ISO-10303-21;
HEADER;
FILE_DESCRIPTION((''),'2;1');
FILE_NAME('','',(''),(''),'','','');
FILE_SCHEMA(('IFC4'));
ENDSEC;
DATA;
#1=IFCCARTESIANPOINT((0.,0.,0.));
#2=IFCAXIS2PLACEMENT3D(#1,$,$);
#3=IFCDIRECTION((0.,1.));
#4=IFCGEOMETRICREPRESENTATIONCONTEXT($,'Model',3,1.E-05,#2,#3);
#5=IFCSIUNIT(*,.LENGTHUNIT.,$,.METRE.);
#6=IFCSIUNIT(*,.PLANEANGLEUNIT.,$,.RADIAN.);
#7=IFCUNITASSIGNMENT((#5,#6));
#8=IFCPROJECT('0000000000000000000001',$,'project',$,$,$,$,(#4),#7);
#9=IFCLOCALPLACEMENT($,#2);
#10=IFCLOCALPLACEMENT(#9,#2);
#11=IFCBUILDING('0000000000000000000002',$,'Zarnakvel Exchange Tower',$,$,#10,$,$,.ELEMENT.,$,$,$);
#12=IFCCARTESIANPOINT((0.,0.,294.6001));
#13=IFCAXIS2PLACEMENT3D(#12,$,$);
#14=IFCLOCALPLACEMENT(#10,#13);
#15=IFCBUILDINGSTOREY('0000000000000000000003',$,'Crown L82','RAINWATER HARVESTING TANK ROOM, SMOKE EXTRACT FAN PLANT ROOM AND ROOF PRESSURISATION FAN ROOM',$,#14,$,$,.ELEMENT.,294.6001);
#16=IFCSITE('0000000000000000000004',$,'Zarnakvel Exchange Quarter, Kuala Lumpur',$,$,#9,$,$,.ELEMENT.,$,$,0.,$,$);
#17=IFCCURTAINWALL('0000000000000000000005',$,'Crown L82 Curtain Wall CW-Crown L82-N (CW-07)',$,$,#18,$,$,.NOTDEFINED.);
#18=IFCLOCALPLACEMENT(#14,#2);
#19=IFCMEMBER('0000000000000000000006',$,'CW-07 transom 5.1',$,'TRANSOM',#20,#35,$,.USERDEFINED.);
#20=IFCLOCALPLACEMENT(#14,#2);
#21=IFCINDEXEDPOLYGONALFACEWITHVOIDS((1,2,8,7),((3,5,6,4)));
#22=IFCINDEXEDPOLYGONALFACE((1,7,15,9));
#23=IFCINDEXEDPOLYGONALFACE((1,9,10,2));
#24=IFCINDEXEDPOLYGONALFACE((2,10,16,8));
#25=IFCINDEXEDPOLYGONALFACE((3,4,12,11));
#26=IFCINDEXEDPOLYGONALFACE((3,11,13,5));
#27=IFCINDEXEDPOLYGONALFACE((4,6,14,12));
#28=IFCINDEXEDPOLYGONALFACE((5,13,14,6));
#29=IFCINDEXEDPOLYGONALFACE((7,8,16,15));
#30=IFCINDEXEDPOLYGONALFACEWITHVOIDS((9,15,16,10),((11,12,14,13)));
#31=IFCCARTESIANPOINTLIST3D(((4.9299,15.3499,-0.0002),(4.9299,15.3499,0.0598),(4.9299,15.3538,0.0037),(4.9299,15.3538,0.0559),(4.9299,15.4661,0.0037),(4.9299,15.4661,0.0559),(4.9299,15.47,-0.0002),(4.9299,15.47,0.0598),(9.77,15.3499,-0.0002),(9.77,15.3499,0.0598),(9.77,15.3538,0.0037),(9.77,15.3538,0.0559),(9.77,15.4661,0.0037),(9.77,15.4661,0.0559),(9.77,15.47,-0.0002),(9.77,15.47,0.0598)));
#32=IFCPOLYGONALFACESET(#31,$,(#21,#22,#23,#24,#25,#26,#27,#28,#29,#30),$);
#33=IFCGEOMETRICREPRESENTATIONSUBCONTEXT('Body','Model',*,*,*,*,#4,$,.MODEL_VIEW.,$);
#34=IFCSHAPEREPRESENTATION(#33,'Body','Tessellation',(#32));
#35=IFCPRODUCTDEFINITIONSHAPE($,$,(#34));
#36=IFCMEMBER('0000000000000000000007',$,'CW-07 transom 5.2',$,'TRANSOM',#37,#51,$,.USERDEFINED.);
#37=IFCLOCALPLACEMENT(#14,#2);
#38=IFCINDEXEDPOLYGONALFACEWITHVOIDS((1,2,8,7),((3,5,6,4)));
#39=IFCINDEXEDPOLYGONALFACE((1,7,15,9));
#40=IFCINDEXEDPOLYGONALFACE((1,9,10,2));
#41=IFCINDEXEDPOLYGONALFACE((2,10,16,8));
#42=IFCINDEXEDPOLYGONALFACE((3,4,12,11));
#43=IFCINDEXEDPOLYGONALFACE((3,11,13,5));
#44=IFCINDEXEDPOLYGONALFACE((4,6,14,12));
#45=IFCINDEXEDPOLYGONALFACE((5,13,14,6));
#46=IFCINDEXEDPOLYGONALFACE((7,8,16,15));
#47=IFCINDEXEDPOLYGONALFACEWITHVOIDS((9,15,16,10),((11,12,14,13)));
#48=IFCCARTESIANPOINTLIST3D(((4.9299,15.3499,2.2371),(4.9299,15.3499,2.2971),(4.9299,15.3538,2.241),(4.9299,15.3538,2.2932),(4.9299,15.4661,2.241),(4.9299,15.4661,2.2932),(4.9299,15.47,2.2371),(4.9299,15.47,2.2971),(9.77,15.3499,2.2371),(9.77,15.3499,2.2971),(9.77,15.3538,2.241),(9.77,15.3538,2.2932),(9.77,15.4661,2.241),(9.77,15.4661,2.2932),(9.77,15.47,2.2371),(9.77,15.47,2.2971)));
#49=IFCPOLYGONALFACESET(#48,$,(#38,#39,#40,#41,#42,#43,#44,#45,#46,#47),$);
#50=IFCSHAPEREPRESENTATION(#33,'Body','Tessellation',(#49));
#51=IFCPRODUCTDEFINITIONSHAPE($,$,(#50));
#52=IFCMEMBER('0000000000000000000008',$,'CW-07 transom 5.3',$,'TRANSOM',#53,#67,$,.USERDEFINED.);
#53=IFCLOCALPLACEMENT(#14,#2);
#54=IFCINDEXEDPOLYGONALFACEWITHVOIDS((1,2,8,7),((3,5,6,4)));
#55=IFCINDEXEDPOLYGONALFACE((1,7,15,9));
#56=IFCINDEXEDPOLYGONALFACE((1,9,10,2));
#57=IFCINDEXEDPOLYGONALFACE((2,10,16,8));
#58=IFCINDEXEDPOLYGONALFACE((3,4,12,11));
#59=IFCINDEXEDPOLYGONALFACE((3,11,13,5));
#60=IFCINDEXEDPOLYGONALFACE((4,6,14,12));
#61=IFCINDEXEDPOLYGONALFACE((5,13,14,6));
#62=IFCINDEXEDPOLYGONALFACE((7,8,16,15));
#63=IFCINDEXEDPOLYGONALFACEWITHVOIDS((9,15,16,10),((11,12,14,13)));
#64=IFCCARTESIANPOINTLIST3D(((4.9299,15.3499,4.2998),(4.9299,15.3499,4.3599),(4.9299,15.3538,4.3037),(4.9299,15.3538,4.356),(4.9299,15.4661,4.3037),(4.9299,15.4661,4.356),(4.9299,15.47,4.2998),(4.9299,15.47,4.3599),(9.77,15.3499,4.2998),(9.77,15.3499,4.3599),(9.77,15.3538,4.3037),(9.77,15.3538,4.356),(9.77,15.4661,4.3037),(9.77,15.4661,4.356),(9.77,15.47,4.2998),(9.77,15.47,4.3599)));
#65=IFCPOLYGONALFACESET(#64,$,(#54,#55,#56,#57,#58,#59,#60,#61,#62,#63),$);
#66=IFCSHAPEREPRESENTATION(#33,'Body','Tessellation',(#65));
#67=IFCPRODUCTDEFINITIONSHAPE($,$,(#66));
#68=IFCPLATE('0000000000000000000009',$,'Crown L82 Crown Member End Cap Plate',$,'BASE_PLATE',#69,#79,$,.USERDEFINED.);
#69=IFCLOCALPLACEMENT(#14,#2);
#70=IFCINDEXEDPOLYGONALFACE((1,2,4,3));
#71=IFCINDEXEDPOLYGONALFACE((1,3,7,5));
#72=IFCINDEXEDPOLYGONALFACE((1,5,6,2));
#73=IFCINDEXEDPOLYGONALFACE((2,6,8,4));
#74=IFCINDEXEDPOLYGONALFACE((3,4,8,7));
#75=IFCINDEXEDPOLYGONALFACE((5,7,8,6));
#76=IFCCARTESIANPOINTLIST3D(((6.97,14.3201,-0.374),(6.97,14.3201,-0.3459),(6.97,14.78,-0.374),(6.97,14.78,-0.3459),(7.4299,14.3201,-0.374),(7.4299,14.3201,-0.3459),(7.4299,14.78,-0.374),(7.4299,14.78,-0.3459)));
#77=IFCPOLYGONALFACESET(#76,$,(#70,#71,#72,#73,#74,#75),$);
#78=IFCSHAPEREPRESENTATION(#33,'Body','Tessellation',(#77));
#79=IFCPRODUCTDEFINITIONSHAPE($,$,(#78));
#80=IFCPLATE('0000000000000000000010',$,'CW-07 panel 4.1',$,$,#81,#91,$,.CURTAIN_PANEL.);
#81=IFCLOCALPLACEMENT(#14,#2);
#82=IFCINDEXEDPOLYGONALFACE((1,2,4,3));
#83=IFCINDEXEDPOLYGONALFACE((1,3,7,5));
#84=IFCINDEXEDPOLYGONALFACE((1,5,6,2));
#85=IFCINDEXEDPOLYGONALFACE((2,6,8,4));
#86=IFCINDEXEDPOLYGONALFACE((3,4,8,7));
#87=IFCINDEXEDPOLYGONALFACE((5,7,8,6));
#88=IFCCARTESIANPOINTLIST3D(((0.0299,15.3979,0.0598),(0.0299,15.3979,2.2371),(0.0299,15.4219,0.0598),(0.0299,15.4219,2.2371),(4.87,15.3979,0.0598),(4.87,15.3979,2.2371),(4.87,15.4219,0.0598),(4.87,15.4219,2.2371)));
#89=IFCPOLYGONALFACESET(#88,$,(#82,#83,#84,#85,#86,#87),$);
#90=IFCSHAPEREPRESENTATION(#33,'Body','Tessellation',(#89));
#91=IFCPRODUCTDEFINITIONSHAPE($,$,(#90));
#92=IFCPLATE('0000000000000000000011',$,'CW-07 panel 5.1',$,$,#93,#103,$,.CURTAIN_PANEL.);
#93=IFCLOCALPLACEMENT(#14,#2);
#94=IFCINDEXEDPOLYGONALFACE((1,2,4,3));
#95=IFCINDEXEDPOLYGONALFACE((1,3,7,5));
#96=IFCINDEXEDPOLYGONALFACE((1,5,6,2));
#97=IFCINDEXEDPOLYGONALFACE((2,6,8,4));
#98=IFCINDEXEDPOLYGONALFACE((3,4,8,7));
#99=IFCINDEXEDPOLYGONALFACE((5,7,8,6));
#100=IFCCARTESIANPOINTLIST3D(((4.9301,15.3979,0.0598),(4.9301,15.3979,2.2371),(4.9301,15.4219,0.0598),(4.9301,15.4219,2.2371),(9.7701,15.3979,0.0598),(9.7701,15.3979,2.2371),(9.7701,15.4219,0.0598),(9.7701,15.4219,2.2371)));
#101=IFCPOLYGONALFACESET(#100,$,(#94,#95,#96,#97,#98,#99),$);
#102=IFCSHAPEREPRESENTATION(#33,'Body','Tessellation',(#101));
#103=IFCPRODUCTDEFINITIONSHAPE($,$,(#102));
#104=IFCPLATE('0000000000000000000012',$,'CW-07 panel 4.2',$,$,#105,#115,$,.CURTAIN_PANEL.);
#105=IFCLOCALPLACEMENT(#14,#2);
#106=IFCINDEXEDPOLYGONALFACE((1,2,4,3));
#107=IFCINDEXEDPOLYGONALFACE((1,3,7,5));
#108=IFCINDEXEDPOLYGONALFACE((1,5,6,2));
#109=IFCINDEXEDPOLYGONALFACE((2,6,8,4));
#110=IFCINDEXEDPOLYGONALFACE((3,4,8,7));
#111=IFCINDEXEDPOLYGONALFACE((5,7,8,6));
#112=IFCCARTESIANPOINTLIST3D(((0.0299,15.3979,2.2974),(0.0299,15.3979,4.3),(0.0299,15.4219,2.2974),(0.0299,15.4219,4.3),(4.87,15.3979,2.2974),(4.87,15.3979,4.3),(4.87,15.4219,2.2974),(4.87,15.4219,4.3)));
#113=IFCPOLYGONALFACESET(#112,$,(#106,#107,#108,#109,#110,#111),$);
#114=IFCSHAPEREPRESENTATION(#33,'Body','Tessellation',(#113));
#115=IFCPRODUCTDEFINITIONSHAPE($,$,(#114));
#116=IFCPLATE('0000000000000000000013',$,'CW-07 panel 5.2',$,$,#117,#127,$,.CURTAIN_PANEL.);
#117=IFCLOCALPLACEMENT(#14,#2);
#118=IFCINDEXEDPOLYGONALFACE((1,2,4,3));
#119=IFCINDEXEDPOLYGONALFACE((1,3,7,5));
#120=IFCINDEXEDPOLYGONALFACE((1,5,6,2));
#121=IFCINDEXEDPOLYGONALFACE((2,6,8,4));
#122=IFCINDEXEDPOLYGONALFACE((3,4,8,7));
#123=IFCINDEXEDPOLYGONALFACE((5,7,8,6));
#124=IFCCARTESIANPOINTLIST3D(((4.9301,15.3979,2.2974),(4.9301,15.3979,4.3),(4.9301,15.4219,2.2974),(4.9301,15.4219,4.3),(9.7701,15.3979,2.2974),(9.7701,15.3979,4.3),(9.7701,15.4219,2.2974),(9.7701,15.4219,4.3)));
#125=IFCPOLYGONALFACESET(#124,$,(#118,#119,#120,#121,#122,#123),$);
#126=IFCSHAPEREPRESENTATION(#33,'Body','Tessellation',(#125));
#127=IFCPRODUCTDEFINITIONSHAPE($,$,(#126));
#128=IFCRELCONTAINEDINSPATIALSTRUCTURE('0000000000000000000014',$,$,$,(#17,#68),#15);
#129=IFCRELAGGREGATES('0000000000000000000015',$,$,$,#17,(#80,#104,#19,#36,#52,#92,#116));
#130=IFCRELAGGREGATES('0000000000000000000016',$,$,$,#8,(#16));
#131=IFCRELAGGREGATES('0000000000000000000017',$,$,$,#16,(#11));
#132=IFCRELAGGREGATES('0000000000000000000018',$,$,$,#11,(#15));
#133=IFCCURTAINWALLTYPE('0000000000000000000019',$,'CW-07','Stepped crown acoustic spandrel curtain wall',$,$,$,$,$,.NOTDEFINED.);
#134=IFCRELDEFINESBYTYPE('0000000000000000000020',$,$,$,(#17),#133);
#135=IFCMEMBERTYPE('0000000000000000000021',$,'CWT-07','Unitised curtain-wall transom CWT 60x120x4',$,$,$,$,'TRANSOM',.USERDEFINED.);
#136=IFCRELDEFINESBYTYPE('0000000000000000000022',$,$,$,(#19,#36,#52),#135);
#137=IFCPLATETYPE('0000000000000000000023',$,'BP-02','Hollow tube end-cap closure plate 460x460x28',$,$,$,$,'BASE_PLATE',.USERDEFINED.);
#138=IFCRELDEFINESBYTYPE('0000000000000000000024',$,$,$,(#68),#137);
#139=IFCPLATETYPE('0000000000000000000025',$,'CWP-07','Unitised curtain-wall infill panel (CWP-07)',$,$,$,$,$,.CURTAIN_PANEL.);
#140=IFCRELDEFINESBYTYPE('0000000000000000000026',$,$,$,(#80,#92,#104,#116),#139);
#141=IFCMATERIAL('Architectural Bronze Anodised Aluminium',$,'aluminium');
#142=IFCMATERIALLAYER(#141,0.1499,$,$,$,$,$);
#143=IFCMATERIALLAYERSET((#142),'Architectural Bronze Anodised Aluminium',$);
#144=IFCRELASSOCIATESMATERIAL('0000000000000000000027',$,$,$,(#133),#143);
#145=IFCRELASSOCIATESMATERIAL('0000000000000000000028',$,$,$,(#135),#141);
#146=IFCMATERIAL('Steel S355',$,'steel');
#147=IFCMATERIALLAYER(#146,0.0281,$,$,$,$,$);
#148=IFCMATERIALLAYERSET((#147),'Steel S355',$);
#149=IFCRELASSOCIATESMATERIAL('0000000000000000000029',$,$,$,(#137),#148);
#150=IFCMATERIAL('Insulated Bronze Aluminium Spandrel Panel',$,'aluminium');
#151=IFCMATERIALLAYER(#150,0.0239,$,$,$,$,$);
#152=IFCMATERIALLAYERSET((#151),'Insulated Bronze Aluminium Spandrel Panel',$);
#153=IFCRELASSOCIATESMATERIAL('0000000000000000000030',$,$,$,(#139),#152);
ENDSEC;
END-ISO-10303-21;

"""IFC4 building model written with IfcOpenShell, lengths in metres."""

from ifc_helpers import new_model, si_unit, direction, frame, origin, origin_2d, place, context, subcontext, project, spatial, rectangle, hollow_rectangle, extrude, source, transform, mapped, material, layer, layer_set, material_profile, profile_set, type_object, element, aggregate, save


model = new_model("IFC4")

# Units and contexts
model_context = context("Model", 3, precision=1e-05, world=origin(), true_north=direction((0.0, 1.0)))
body_context = subcontext(model_context, "Body", "Model", "MODEL_VIEW")
ifc_project = project(units=[si_unit("LENGTHUNIT", "METRE"), si_unit("PLANEANGLEUNIT", "RADIAN")], contexts=[model_context])

# Site, building, storey
site_placement = place(None, origin())
site = spatial("IfcSite", under=ifc_project, at=site_placement, Name="Zarnakvel Exchange Quarter, Kuala Lumpur", CompositionType="ELEMENT", RefElevation=0.0)
building_placement = place(site_placement, origin())
building = spatial("IfcBuilding", under=site, at=building_placement, Name="Zarnakvel Exchange Tower", CompositionType="ELEMENT")
storey_placement = place(building_placement, frame((0.0, 0.0, 294.6001)))
storey = spatial("IfcBuildingStorey", under=building, at=storey_placement, Name="Crown L82", Description="RAINWATER HARVESTING TANK ROOM, SMOKE EXTRACT FAN PLANT ROOM AND ROOF PRESSURISATION FAN ROOM", CompositionType="ELEMENT", Elevation=294.6001)

# Shared definitions
ifc_material_1 = material(Name="Steel S355", Category="steel")

# Curtain wall, members
ifc_material_2 = material(Name="Architectural Bronze Anodised Aluminium", Category="aluminium")
ifc_layer_1 = layer(ifc_material_2, 0.1499)
ifc_layer_set_1 = layer_set([ifc_layer_1], Name="Architectural Bronze Anodised Aluminium")
curtain_wall_type = type_object("IfcCurtainWallType", Name="CW-07", Description="Stepped crown acoustic spandrel curtain wall", PredefinedType="NOTDEFINED", material=ifc_layer_set_1)
curtain_wall_placement = place(storey_placement, origin())
curtain_wall = element("IfcCurtainWall", 1, at=curtain_wall_placement, inside=storey, type_object=curtain_wall_type, Name="Crown L82 Curtain Wall CW-Crown L82-N (CW-07)", PredefinedType="NOTDEFINED")
ifc_material_profile_1 = material_profile(ifc_material_2, hollow_rectangle(XDim=0.1201, YDim=0.0601, WallThickness=0.0039, at=origin_2d()))
ifc_profile_set_1 = profile_set([ifc_material_profile_1], Name="Architectural Bronze Anodised Aluminium")
member_type_1 = type_object("IfcMemberType", Name="CWT-07", Description="Unitised curtain-wall transom CWT 60x120x4", ElementType="TRANSOM", PredefinedType="USERDEFINED", material=ifc_profile_set_1)
shared_shape_1 = source(origin(), body_context, "Body", "SweptSolid", [
    extrude(hollow_rectangle(XDim=0.1201, YDim=0.0601, WallThickness=0.0039, at=origin_2d()), origin(), (0.0, 0.0, 1.0), 4.8401),
])
member_1_placement = place(storey_placement, frame((4.9299, 15.4099, 0.0298), z_axis=(1.0, 0.0, 0.0), x_axis=(0.0, 1.0, 0.0)))
member_1 = element("IfcMember", 2, at=member_1_placement, type_object=member_type_1, Name="CW-07 transom 5.1", ObjectType="TRANSOM", PredefinedType="USERDEFINED", context=body_context, shape_type="MappedRepresentation", body=[
    mapped(shared_shape_1, transform((0.0, 0.0, 0.0), x_axis=(1.0, 0.0, 0.0), y_axis=(0.0, 1.0, 0.0), z_axis=(0.0, 0.0, 1.0), scale=1.0)),
])
member_2_placement = place(storey_placement, frame((4.9299, 15.4099, 2.2671), z_axis=(1.0, 0.0, 0.0), x_axis=(0.0, 1.0, 0.0)))
member_2 = element("IfcMember", 3, at=member_2_placement, type_object=member_type_1, Name="CW-07 transom 5.2", ObjectType="TRANSOM", PredefinedType="USERDEFINED", context=body_context, shape_type="MappedRepresentation", body=[
    mapped(shared_shape_1, transform((0.0, 0.0, 0.0), x_axis=(1.0, 0.0, 0.0), y_axis=(0.0, 1.0, 0.0), z_axis=(0.0, 0.0, 1.0), scale=1.0)),
])
member_3_placement = place(storey_placement, frame((4.9299, 15.4099, 4.3298), z_axis=(1.0, 0.0, 0.0), x_axis=(0.0, 1.0, 0.0)))
member_3 = element("IfcMember", 4, at=member_3_placement, type_object=member_type_1, Name="CW-07 transom 5.3", ObjectType="TRANSOM", PredefinedType="USERDEFINED", context=body_context, shape_type="MappedRepresentation", body=[
    mapped(shared_shape_1, transform((0.0, 0.0, 0.0), x_axis=(1.0, 0.0, 0.0), y_axis=(0.0, 1.0, 0.0), z_axis=(0.0, 0.0, 1.0), scale=1.0)),
])

# Plates
ifc_layer_2 = layer(ifc_material_1, 0.0281)
ifc_layer_set_2 = layer_set([ifc_layer_2], Name="Steel S355")
plate_type_1 = type_object("IfcPlateType", Name="BP-02", Description="Hollow tube end-cap closure plate 460x460x28", ElementType="BASE_PLATE", PredefinedType="USERDEFINED", material=ifc_layer_set_2)
shared_shape_2 = source(origin(), body_context, "Body", "SweptSolid", [
    extrude(rectangle(XDim=0.46, YDim=0.46, at=origin_2d()), origin(), (0.0, 0.0, 1.0), 0.0281),
])
plate_1_placement = place(storey_placement, frame((7.2, 14.55, -0.374), z_axis=(0.0, 0.0, 1.0), x_axis=(1.0, 0.0, 0.0)))
element("IfcPlate", 5, at=plate_1_placement, inside=storey, type_object=plate_type_1, Name="Crown L82 Crown Member End Cap Plate", ObjectType="BASE_PLATE", PredefinedType="USERDEFINED", context=body_context, shape_type="MappedRepresentation", body=[
    mapped(shared_shape_2, transform((0.0, 0.0, 0.0), x_axis=(1.0, 0.0, 0.0), y_axis=(0.0, 1.0, 0.0), z_axis=(0.0, 0.0, 1.0), scale=1.0)),
])
ifc_material_3 = material(Name="Insulated Bronze Aluminium Spandrel Panel", Category="aluminium")
ifc_layer_3 = layer(ifc_material_3, 0.0239)
ifc_layer_set_3 = layer_set([ifc_layer_3], Name="Insulated Bronze Aluminium Spandrel Panel")
plate_type_2 = type_object("IfcPlateType", Name="CWP-07", Description="Unitised curtain-wall infill panel (CWP-07)", PredefinedType="CURTAIN_PANEL", material=ifc_layer_set_3)
shared_shape_3 = source(origin(), body_context, "Body", "SweptSolid", [
    extrude(rectangle(XDim=4.8401, YDim=0.0239, at=origin_2d()), origin(), (0.0, 0.0, 1.0), 2.1772),
])
plate_2_placement = place(storey_placement, frame((2.45, 15.4099, 0.0598), z_axis=(0.0, 0.0, 1.0), x_axis=(1.0, 0.0, 0.0)))
plate_2 = element("IfcPlate", 6, at=plate_2_placement, type_object=plate_type_2, Name="CW-07 panel 4.1", PredefinedType="CURTAIN_PANEL", context=body_context, shape_type="MappedRepresentation", body=[
    mapped(shared_shape_3, transform((0.0, 0.0, 0.0), x_axis=(1.0, 0.0, 0.0), y_axis=(0.0, 1.0, 0.0), z_axis=(0.0, 0.0, 1.0), scale=1.0)),
])
plate_3_placement = place(storey_placement, frame((7.3501, 15.4099, 0.0598), z_axis=(0.0, 0.0, 1.0), x_axis=(1.0, 0.0, 0.0)))
plate_3 = element("IfcPlate", 7, at=plate_3_placement, type_object=plate_type_2, Name="CW-07 panel 5.1", PredefinedType="CURTAIN_PANEL", context=body_context, shape_type="MappedRepresentation", body=[
    mapped(shared_shape_3, transform((0.0, 0.0, 0.0), x_axis=(1.0, 0.0, 0.0), y_axis=(0.0, 1.0, 0.0), z_axis=(0.0, 0.0, 1.0), scale=1.0)),
])
shared_shape_4 = source(origin(), body_context, "Body", "SweptSolid", [
    extrude(rectangle(XDim=4.8401, YDim=0.0239, at=origin_2d()), origin(), (0.0, 0.0, 1.0), 2.0027),
])
plate_4_placement = place(storey_placement, frame((2.45, 15.4099, 2.2974), z_axis=(0.0, 0.0, 1.0), x_axis=(1.0, 0.0, 0.0)))
plate_4 = element("IfcPlate", 8, at=plate_4_placement, type_object=plate_type_2, Name="CW-07 panel 4.2", PredefinedType="CURTAIN_PANEL", context=body_context, shape_type="MappedRepresentation", body=[
    mapped(shared_shape_4, transform((0.0, 0.0, 0.0), x_axis=(1.0, 0.0, 0.0), y_axis=(0.0, 1.0, 0.0), z_axis=(0.0, 0.0, 1.0), scale=1.0)),
])
plate_5_placement = place(storey_placement, frame((7.3501, 15.4099, 2.2974), z_axis=(0.0, 0.0, 1.0), x_axis=(1.0, 0.0, 0.0)))
plate_5 = element("IfcPlate", 9, at=plate_5_placement, type_object=plate_type_2, Name="CW-07 panel 5.2", PredefinedType="CURTAIN_PANEL", context=body_context, shape_type="MappedRepresentation", body=[
    mapped(shared_shape_4, transform((0.0, 0.0, 0.0), x_axis=(1.0, 0.0, 0.0), y_axis=(0.0, 1.0, 0.0), z_axis=(0.0, 0.0, 1.0), scale=1.0)),
])
aggregate(curtain_wall, [plate_2, plate_4, member_1, member_2, member_3, plate_3, plate_5])

save(model, "model.ifc")
